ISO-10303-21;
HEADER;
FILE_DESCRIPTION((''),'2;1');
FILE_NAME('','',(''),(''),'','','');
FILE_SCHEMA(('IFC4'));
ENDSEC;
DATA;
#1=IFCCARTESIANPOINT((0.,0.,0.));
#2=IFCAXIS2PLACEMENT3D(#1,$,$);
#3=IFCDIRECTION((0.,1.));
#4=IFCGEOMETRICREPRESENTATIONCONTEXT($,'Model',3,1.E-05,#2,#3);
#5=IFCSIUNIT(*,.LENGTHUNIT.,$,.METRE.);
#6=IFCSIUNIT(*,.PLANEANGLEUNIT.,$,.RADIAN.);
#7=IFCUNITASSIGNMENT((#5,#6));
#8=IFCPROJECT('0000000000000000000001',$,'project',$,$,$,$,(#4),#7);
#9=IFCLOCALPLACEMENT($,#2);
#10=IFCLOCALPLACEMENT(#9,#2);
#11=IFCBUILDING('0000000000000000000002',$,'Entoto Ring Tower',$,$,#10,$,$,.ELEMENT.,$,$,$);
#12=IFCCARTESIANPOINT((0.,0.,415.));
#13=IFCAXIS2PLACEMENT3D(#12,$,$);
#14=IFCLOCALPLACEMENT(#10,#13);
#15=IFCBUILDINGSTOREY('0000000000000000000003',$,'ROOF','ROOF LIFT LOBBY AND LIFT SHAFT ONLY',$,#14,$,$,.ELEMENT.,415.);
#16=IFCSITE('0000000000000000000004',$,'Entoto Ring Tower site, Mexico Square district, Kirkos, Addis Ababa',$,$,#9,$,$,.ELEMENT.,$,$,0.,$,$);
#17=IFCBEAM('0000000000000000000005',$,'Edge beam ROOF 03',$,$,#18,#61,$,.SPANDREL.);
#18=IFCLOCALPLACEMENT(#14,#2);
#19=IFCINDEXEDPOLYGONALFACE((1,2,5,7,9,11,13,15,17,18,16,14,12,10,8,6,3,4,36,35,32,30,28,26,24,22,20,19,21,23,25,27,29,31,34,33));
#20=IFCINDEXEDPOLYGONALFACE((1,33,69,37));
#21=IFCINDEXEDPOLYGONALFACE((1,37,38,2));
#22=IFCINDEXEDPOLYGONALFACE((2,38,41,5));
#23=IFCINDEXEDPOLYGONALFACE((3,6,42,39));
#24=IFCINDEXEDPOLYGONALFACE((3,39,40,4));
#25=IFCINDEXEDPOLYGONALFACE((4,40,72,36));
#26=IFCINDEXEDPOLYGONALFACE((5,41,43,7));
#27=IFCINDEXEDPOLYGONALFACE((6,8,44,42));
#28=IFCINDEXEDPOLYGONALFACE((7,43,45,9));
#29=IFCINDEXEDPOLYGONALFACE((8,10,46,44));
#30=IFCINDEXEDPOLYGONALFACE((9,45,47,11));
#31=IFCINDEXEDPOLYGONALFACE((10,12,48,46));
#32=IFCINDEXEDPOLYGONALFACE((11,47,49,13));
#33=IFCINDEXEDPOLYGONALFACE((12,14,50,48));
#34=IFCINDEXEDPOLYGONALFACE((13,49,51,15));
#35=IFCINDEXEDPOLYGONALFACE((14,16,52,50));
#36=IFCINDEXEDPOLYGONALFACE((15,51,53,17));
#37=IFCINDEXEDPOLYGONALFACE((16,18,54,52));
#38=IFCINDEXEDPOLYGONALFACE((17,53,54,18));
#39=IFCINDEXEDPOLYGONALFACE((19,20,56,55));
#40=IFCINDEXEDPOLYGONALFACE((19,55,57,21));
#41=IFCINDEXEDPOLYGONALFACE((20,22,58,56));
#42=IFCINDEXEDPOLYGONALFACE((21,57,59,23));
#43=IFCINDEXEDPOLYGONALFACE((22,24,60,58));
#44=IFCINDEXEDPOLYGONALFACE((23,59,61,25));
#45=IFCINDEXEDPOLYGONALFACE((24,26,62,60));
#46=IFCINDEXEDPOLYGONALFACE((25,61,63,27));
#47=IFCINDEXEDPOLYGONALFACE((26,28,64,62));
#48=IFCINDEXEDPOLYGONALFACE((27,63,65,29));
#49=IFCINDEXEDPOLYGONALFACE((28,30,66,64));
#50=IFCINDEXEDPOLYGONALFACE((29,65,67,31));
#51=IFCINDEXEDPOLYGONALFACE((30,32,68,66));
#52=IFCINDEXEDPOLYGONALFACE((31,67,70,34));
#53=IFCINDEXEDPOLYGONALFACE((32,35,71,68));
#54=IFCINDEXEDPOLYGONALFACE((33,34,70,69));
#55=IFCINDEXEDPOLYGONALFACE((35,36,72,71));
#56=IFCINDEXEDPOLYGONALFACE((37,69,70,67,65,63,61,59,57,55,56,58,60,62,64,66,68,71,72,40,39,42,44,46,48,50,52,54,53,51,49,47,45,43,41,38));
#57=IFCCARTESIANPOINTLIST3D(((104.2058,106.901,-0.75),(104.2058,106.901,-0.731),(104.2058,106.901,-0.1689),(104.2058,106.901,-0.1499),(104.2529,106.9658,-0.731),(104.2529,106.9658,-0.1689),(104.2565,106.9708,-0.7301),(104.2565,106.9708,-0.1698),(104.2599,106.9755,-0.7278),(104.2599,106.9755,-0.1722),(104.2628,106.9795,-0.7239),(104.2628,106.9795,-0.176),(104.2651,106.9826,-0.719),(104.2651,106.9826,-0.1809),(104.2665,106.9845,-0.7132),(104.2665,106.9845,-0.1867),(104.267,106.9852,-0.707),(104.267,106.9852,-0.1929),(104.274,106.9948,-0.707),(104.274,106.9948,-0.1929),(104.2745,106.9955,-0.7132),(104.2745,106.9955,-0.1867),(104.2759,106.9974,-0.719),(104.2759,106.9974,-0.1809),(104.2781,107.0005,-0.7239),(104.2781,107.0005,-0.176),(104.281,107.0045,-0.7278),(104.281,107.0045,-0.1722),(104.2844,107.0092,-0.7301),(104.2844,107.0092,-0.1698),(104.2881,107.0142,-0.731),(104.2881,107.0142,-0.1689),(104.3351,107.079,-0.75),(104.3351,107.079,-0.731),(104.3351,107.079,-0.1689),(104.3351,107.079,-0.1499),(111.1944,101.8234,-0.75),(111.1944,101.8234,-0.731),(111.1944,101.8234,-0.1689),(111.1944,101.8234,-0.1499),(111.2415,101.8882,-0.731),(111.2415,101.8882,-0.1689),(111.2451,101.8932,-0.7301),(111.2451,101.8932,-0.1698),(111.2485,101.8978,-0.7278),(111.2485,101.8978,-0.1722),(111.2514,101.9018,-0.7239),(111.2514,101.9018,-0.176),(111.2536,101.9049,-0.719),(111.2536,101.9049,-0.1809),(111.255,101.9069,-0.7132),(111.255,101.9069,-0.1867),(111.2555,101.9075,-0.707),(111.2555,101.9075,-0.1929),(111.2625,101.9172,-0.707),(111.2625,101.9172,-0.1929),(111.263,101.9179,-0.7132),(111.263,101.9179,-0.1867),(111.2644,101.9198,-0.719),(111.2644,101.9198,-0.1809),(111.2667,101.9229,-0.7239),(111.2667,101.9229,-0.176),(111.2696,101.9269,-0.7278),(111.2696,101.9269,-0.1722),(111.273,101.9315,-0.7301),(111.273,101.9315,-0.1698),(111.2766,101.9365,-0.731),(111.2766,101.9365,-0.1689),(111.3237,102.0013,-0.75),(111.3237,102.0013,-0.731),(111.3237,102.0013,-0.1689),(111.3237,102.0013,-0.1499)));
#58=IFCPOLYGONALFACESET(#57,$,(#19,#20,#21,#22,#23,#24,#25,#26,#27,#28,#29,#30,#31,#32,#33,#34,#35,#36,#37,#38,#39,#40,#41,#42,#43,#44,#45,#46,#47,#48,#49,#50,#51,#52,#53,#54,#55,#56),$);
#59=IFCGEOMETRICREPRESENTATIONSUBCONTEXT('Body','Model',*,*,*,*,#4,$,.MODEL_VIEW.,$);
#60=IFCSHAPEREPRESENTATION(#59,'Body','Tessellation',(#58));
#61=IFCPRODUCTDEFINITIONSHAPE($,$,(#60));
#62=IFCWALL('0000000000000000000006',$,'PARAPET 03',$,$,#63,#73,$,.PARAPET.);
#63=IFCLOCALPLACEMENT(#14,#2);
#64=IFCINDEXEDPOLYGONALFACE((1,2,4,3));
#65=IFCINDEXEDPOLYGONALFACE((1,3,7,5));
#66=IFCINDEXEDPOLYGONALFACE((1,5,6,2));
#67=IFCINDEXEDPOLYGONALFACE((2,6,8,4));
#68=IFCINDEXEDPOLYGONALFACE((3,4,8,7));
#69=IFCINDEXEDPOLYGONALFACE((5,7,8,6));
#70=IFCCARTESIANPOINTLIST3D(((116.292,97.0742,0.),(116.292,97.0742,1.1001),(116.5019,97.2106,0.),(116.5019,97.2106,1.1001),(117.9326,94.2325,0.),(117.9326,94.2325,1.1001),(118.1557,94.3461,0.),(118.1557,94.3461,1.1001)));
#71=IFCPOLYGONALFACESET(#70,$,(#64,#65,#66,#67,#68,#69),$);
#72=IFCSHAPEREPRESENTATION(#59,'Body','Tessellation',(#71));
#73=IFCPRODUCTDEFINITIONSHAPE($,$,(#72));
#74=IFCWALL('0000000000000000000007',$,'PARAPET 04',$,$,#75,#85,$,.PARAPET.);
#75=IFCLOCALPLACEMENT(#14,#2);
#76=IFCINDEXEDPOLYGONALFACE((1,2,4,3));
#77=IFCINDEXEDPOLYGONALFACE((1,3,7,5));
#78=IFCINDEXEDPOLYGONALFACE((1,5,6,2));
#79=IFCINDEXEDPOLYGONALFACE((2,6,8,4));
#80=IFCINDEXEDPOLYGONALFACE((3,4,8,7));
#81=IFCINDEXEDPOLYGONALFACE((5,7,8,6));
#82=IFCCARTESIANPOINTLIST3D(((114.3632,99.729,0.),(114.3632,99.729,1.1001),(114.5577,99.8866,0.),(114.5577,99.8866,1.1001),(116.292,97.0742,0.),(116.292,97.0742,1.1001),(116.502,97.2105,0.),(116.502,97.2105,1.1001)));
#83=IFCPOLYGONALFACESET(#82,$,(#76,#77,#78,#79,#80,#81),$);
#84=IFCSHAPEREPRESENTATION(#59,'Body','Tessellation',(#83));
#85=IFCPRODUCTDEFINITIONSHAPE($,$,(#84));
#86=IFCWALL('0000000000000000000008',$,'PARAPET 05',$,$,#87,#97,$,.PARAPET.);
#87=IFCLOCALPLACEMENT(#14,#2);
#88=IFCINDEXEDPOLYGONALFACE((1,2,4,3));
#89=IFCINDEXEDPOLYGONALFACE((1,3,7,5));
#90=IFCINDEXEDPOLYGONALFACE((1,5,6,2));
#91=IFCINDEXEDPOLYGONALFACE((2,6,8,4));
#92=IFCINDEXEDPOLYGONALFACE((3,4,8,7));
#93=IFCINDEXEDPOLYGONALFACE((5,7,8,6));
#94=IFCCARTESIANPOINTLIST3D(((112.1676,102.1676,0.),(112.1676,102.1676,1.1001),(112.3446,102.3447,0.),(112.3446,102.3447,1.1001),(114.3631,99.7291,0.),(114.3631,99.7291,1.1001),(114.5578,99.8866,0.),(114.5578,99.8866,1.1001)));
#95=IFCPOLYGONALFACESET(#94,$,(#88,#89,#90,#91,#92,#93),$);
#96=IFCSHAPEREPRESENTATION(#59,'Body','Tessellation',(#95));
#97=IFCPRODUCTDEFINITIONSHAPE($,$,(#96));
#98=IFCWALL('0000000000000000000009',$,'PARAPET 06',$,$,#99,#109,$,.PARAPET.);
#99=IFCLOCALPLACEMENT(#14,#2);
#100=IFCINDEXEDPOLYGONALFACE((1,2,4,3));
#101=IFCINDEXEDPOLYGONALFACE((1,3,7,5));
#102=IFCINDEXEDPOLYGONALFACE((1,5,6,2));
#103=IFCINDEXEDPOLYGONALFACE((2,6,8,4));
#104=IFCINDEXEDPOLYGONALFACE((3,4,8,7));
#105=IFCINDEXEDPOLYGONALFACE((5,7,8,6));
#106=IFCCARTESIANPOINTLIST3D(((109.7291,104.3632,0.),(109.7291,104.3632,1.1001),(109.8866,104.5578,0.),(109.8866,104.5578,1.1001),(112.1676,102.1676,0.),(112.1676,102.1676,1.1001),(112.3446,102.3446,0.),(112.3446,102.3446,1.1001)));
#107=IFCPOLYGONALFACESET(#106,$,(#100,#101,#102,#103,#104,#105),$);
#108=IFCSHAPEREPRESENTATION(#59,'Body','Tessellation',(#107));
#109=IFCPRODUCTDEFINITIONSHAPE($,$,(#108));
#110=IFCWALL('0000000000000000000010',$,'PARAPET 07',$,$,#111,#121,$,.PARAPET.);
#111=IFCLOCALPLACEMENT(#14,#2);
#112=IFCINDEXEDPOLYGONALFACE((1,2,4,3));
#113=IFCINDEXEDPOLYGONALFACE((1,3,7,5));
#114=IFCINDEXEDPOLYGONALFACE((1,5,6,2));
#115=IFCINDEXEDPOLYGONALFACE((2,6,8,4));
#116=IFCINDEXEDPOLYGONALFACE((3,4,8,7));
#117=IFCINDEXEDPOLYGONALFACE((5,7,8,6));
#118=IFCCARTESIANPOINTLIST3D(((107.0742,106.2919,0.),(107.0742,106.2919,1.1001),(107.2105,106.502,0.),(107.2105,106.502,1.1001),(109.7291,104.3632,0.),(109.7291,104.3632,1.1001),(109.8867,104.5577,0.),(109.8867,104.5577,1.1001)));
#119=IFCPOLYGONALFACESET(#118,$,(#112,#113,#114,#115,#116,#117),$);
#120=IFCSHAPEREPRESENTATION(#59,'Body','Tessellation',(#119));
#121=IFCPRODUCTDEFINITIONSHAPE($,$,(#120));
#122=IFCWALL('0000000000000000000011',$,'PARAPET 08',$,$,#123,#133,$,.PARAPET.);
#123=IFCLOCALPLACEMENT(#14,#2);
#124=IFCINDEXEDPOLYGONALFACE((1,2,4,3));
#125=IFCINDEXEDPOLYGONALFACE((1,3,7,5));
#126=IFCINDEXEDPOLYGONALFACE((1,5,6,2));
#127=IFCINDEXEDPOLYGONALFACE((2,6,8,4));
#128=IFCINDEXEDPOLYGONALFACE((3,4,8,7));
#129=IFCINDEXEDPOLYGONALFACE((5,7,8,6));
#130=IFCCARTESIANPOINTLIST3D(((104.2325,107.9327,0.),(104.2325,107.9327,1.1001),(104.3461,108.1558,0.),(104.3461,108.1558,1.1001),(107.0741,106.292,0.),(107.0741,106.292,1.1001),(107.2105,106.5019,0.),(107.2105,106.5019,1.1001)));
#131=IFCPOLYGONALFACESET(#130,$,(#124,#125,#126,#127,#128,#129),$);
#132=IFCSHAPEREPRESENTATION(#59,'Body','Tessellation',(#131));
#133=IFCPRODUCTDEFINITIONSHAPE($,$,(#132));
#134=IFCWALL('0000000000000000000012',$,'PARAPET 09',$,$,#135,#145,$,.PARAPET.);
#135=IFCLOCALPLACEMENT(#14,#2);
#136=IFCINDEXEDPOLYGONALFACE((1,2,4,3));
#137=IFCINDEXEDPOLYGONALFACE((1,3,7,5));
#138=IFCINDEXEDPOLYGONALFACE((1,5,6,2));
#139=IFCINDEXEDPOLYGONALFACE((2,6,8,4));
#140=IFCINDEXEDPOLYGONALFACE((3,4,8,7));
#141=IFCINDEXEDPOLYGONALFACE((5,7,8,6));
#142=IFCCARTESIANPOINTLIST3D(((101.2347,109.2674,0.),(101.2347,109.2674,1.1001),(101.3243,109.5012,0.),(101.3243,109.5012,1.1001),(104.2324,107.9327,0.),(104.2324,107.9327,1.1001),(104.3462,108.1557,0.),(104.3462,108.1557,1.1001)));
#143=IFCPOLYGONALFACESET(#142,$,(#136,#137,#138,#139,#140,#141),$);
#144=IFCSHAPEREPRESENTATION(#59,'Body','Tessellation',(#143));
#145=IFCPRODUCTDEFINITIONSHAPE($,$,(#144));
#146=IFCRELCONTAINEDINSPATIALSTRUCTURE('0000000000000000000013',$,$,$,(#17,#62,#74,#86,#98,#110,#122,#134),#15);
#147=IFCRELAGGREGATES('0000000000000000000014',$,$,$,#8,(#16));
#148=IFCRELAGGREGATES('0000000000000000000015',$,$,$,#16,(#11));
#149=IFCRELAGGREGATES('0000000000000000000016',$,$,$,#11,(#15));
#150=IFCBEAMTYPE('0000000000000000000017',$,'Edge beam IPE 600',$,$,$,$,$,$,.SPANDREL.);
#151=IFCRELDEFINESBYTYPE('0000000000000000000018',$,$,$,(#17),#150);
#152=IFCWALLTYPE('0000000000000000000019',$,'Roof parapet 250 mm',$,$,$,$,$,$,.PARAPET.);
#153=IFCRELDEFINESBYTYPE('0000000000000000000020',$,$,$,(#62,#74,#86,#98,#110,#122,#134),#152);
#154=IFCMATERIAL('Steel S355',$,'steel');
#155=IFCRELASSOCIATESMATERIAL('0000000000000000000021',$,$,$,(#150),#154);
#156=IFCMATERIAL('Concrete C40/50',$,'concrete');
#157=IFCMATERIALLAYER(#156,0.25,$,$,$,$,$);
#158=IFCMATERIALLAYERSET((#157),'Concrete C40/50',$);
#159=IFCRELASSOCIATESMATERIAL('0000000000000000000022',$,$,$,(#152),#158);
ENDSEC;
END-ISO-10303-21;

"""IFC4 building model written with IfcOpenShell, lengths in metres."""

from ifc_helpers import new_model, si_unit, direction, frame, origin, origin_2d, place, context, subcontext, project, spatial, polyline, i_section, outline, extrude, material, layer, layer_set, material_profile, profile_set, type_object, element, save


model = new_model("IFC4")

# Units and contexts
model_context = context("Model", 3, precision=1e-05, world=origin(), true_north=direction((0.0, 1.0)))
body_context = subcontext(model_context, "Body", "Model", "MODEL_VIEW")
ifc_project = project(units=[si_unit("LENGTHUNIT", "METRE"), si_unit("PLANEANGLEUNIT", "RADIAN")], contexts=[model_context])

# Site, building, storey
site_placement = place(None, origin())
site = spatial("IfcSite", under=ifc_project, at=site_placement, Name="Entoto Ring Tower site, Mexico Square district, Kirkos, Addis Ababa", CompositionType="ELEMENT", RefElevation=0.0)
building_placement = place(site_placement, origin())
building = spatial("IfcBuilding", under=site, at=building_placement, Name="Entoto Ring Tower", CompositionType="ELEMENT")
storey_placement = place(building_placement, frame((0.0, 0.0, 415.0)))
storey = spatial("IfcBuildingStorey", under=building, at=storey_placement, Name="ROOF", Description="ROOF LIFT LOBBY AND LIFT SHAFT ONLY", CompositionType="ELEMENT", Elevation=415.0)

# Beam
ifc_material_1 = material(Name="Steel S355", Category="steel")
ifc_material_profile_1 = material_profile(ifc_material_1, i_section(OverallWidth=0.22, OverallDepth=0.6001, WebThickness=0.012, FlangeThickness=0.019, FilletRadius=0.0239, at=origin_2d()), Name="IPE 600")
ifc_profile_set_1 = profile_set([ifc_material_profile_1], Name="Steel S355")
beam_type_1 = type_object("IfcBeamType", Name="Edge beam IPE 600", PredefinedType="SPANDREL", material=ifc_profile_set_1)
beam_1_placement = place(storey_placement, frame((111.259, 101.9124, -0.45), z_axis=(-0.809007, 0.587799, 0.0), x_axis=(-0.587799, -0.809007, 0.0)))
element("IfcBeam", 1, at=beam_1_placement, inside=storey, type_object=beam_type_1, Name="Edge beam ROOF 03", PredefinedType="SPANDREL", context=body_context, shape_type="SweptSolid", body=[
    extrude(i_section(OverallWidth=0.22, OverallDepth=0.6001, WebThickness=0.012, FlangeThickness=0.019, FilletRadius=0.0239, at=origin_2d()), origin(), (0.0, 0.0, 1.0), 8.6384),
])

# Walls
ifc_material_2 = material(Name="Concrete C40/50", Category="concrete")
ifc_layer = layer(ifc_material_2, 0.25)
ifc_layer_set = layer_set([ifc_layer], Name="Concrete C40/50")
wall_type = type_object("IfcWallType", Name="Roof parapet 250 mm", PredefinedType="PARAPET", material=ifc_layer_set)
wall_1_placement = place(storey_placement, frame((118.0442, 94.2893, 0.0), z_axis=(0.0, 0.0, 1.0), x_axis=(-0.500005, 0.866023, 0.0)))
element("IfcWall", 2, at=wall_1_placement, inside=storey, type_object=wall_type, Name="PARAPET 03", PredefinedType="PARAPET", context=body_context, shape_type="SweptSolid", body=[
    extrude(outline(polyline([(-0.0066, -0.125), (3.301, -0.125), (3.2878, 0.125), (0.0066, 0.125), (-0.0066, -0.125)])), origin(), (0.0, 0.0, 1.0), 1.1001),
])
wall_2_placement = place(storey_placement, frame((116.397, 97.1423, 0.0), z_axis=(0.0, 0.0, 1.0), x_axis=(-0.587766, 0.809031, 0.0)))
element("IfcWall", 3, at=wall_2_placement, inside=storey, type_object=wall_type, Name="PARAPET 04", PredefinedType="PARAPET", context=body_context, shape_type="SweptSolid", body=[
    extrude(outline(polyline([(-0.0066, -0.125), (3.3013, -0.125), (3.2881, 0.125), (0.0066, 0.125), (-0.0066, -0.125)])), origin(), (0.0, 0.0, 1.0), 1.1001),
])
for number, where, z_axis, x_axis, name in (
    (4, (114.4604, 99.8079, 0.0), (0.0, 0.0, 1.0), (-0.66912, 0.743154, 0.0), "PARAPET 05"),
    (5, (112.2561, 102.2561, 0.0), (0.0, 0.0, 1.0), (-0.743154, 0.66912, 0.0), "PARAPET 06"),
):
    element("IfcWall", number, at=place(storey_placement, frame(where, z_axis=z_axis, x_axis=x_axis)), inside=storey, type_object=wall_type, Name=name, PredefinedType="PARAPET", context=body_context, shape_type="SweptSolid", body=[
        extrude(outline(polyline([(-0.0066, -0.125), (3.301, -0.125), (3.2878, 0.125), (0.0066, 0.125), (-0.0066, -0.125)])), origin(), (0.0, 0.0, 1.0), 1.1001),
    ])
wall_3_placement = place(storey_placement, frame((109.8079, 104.4604, 0.0), z_axis=(0.0, 0.0, 1.0), x_axis=(-0.809031, 0.587766, 0.0)))
element("IfcWall", 6, at=wall_3_placement, inside=storey, type_object=wall_type, Name="PARAPET 07", PredefinedType="PARAPET", context=body_context, shape_type="SweptSolid", body=[
    extrude(outline(polyline([(-0.0066, -0.125), (3.3013, -0.125), (3.2881, 0.125), (0.0066, 0.125), (-0.0066, -0.125)])), origin(), (0.0, 0.0, 1.0), 1.1001),
])
wall_4_placement = place(storey_placement, frame((107.1423, 106.397, 0.0), z_axis=(0.0, 0.0, 1.0), x_axis=(-0.866023, 0.500005, 0.0)))
element("IfcWall", 7, at=wall_4_placement, inside=storey, type_object=wall_type, Name="PARAPET 08", PredefinedType="PARAPET", context=body_context, shape_type="SweptSolid", body=[
    extrude(outline(polyline([(-0.0066, -0.125), (3.301, -0.125), (3.2878, 0.125), (0.0066, 0.125), (-0.0066, -0.125)])), origin(), (0.0, 0.0, 1.0), 1.1001),
])
wall_5_placement = place(storey_placement, frame((104.2893, 108.0442, 0.0), z_axis=(0.0, 0.0, 1.0), x_axis=(-0.913539, 0.40675, 0.0)))
element("IfcWall", 8, at=wall_5_placement, inside=storey, type_object=wall_type, Name="PARAPET 09", PredefinedType="PARAPET", context=body_context, shape_type="SweptSolid", body=[
    extrude(outline(polyline([(-0.0066, -0.125), (3.3013, -0.125), (3.2881, 0.125), (0.0066, 0.125), (-0.0066, -0.125)])), origin(), (0.0, 0.0, 1.0), 1.1001),
])

save(model, "model.ifc")
